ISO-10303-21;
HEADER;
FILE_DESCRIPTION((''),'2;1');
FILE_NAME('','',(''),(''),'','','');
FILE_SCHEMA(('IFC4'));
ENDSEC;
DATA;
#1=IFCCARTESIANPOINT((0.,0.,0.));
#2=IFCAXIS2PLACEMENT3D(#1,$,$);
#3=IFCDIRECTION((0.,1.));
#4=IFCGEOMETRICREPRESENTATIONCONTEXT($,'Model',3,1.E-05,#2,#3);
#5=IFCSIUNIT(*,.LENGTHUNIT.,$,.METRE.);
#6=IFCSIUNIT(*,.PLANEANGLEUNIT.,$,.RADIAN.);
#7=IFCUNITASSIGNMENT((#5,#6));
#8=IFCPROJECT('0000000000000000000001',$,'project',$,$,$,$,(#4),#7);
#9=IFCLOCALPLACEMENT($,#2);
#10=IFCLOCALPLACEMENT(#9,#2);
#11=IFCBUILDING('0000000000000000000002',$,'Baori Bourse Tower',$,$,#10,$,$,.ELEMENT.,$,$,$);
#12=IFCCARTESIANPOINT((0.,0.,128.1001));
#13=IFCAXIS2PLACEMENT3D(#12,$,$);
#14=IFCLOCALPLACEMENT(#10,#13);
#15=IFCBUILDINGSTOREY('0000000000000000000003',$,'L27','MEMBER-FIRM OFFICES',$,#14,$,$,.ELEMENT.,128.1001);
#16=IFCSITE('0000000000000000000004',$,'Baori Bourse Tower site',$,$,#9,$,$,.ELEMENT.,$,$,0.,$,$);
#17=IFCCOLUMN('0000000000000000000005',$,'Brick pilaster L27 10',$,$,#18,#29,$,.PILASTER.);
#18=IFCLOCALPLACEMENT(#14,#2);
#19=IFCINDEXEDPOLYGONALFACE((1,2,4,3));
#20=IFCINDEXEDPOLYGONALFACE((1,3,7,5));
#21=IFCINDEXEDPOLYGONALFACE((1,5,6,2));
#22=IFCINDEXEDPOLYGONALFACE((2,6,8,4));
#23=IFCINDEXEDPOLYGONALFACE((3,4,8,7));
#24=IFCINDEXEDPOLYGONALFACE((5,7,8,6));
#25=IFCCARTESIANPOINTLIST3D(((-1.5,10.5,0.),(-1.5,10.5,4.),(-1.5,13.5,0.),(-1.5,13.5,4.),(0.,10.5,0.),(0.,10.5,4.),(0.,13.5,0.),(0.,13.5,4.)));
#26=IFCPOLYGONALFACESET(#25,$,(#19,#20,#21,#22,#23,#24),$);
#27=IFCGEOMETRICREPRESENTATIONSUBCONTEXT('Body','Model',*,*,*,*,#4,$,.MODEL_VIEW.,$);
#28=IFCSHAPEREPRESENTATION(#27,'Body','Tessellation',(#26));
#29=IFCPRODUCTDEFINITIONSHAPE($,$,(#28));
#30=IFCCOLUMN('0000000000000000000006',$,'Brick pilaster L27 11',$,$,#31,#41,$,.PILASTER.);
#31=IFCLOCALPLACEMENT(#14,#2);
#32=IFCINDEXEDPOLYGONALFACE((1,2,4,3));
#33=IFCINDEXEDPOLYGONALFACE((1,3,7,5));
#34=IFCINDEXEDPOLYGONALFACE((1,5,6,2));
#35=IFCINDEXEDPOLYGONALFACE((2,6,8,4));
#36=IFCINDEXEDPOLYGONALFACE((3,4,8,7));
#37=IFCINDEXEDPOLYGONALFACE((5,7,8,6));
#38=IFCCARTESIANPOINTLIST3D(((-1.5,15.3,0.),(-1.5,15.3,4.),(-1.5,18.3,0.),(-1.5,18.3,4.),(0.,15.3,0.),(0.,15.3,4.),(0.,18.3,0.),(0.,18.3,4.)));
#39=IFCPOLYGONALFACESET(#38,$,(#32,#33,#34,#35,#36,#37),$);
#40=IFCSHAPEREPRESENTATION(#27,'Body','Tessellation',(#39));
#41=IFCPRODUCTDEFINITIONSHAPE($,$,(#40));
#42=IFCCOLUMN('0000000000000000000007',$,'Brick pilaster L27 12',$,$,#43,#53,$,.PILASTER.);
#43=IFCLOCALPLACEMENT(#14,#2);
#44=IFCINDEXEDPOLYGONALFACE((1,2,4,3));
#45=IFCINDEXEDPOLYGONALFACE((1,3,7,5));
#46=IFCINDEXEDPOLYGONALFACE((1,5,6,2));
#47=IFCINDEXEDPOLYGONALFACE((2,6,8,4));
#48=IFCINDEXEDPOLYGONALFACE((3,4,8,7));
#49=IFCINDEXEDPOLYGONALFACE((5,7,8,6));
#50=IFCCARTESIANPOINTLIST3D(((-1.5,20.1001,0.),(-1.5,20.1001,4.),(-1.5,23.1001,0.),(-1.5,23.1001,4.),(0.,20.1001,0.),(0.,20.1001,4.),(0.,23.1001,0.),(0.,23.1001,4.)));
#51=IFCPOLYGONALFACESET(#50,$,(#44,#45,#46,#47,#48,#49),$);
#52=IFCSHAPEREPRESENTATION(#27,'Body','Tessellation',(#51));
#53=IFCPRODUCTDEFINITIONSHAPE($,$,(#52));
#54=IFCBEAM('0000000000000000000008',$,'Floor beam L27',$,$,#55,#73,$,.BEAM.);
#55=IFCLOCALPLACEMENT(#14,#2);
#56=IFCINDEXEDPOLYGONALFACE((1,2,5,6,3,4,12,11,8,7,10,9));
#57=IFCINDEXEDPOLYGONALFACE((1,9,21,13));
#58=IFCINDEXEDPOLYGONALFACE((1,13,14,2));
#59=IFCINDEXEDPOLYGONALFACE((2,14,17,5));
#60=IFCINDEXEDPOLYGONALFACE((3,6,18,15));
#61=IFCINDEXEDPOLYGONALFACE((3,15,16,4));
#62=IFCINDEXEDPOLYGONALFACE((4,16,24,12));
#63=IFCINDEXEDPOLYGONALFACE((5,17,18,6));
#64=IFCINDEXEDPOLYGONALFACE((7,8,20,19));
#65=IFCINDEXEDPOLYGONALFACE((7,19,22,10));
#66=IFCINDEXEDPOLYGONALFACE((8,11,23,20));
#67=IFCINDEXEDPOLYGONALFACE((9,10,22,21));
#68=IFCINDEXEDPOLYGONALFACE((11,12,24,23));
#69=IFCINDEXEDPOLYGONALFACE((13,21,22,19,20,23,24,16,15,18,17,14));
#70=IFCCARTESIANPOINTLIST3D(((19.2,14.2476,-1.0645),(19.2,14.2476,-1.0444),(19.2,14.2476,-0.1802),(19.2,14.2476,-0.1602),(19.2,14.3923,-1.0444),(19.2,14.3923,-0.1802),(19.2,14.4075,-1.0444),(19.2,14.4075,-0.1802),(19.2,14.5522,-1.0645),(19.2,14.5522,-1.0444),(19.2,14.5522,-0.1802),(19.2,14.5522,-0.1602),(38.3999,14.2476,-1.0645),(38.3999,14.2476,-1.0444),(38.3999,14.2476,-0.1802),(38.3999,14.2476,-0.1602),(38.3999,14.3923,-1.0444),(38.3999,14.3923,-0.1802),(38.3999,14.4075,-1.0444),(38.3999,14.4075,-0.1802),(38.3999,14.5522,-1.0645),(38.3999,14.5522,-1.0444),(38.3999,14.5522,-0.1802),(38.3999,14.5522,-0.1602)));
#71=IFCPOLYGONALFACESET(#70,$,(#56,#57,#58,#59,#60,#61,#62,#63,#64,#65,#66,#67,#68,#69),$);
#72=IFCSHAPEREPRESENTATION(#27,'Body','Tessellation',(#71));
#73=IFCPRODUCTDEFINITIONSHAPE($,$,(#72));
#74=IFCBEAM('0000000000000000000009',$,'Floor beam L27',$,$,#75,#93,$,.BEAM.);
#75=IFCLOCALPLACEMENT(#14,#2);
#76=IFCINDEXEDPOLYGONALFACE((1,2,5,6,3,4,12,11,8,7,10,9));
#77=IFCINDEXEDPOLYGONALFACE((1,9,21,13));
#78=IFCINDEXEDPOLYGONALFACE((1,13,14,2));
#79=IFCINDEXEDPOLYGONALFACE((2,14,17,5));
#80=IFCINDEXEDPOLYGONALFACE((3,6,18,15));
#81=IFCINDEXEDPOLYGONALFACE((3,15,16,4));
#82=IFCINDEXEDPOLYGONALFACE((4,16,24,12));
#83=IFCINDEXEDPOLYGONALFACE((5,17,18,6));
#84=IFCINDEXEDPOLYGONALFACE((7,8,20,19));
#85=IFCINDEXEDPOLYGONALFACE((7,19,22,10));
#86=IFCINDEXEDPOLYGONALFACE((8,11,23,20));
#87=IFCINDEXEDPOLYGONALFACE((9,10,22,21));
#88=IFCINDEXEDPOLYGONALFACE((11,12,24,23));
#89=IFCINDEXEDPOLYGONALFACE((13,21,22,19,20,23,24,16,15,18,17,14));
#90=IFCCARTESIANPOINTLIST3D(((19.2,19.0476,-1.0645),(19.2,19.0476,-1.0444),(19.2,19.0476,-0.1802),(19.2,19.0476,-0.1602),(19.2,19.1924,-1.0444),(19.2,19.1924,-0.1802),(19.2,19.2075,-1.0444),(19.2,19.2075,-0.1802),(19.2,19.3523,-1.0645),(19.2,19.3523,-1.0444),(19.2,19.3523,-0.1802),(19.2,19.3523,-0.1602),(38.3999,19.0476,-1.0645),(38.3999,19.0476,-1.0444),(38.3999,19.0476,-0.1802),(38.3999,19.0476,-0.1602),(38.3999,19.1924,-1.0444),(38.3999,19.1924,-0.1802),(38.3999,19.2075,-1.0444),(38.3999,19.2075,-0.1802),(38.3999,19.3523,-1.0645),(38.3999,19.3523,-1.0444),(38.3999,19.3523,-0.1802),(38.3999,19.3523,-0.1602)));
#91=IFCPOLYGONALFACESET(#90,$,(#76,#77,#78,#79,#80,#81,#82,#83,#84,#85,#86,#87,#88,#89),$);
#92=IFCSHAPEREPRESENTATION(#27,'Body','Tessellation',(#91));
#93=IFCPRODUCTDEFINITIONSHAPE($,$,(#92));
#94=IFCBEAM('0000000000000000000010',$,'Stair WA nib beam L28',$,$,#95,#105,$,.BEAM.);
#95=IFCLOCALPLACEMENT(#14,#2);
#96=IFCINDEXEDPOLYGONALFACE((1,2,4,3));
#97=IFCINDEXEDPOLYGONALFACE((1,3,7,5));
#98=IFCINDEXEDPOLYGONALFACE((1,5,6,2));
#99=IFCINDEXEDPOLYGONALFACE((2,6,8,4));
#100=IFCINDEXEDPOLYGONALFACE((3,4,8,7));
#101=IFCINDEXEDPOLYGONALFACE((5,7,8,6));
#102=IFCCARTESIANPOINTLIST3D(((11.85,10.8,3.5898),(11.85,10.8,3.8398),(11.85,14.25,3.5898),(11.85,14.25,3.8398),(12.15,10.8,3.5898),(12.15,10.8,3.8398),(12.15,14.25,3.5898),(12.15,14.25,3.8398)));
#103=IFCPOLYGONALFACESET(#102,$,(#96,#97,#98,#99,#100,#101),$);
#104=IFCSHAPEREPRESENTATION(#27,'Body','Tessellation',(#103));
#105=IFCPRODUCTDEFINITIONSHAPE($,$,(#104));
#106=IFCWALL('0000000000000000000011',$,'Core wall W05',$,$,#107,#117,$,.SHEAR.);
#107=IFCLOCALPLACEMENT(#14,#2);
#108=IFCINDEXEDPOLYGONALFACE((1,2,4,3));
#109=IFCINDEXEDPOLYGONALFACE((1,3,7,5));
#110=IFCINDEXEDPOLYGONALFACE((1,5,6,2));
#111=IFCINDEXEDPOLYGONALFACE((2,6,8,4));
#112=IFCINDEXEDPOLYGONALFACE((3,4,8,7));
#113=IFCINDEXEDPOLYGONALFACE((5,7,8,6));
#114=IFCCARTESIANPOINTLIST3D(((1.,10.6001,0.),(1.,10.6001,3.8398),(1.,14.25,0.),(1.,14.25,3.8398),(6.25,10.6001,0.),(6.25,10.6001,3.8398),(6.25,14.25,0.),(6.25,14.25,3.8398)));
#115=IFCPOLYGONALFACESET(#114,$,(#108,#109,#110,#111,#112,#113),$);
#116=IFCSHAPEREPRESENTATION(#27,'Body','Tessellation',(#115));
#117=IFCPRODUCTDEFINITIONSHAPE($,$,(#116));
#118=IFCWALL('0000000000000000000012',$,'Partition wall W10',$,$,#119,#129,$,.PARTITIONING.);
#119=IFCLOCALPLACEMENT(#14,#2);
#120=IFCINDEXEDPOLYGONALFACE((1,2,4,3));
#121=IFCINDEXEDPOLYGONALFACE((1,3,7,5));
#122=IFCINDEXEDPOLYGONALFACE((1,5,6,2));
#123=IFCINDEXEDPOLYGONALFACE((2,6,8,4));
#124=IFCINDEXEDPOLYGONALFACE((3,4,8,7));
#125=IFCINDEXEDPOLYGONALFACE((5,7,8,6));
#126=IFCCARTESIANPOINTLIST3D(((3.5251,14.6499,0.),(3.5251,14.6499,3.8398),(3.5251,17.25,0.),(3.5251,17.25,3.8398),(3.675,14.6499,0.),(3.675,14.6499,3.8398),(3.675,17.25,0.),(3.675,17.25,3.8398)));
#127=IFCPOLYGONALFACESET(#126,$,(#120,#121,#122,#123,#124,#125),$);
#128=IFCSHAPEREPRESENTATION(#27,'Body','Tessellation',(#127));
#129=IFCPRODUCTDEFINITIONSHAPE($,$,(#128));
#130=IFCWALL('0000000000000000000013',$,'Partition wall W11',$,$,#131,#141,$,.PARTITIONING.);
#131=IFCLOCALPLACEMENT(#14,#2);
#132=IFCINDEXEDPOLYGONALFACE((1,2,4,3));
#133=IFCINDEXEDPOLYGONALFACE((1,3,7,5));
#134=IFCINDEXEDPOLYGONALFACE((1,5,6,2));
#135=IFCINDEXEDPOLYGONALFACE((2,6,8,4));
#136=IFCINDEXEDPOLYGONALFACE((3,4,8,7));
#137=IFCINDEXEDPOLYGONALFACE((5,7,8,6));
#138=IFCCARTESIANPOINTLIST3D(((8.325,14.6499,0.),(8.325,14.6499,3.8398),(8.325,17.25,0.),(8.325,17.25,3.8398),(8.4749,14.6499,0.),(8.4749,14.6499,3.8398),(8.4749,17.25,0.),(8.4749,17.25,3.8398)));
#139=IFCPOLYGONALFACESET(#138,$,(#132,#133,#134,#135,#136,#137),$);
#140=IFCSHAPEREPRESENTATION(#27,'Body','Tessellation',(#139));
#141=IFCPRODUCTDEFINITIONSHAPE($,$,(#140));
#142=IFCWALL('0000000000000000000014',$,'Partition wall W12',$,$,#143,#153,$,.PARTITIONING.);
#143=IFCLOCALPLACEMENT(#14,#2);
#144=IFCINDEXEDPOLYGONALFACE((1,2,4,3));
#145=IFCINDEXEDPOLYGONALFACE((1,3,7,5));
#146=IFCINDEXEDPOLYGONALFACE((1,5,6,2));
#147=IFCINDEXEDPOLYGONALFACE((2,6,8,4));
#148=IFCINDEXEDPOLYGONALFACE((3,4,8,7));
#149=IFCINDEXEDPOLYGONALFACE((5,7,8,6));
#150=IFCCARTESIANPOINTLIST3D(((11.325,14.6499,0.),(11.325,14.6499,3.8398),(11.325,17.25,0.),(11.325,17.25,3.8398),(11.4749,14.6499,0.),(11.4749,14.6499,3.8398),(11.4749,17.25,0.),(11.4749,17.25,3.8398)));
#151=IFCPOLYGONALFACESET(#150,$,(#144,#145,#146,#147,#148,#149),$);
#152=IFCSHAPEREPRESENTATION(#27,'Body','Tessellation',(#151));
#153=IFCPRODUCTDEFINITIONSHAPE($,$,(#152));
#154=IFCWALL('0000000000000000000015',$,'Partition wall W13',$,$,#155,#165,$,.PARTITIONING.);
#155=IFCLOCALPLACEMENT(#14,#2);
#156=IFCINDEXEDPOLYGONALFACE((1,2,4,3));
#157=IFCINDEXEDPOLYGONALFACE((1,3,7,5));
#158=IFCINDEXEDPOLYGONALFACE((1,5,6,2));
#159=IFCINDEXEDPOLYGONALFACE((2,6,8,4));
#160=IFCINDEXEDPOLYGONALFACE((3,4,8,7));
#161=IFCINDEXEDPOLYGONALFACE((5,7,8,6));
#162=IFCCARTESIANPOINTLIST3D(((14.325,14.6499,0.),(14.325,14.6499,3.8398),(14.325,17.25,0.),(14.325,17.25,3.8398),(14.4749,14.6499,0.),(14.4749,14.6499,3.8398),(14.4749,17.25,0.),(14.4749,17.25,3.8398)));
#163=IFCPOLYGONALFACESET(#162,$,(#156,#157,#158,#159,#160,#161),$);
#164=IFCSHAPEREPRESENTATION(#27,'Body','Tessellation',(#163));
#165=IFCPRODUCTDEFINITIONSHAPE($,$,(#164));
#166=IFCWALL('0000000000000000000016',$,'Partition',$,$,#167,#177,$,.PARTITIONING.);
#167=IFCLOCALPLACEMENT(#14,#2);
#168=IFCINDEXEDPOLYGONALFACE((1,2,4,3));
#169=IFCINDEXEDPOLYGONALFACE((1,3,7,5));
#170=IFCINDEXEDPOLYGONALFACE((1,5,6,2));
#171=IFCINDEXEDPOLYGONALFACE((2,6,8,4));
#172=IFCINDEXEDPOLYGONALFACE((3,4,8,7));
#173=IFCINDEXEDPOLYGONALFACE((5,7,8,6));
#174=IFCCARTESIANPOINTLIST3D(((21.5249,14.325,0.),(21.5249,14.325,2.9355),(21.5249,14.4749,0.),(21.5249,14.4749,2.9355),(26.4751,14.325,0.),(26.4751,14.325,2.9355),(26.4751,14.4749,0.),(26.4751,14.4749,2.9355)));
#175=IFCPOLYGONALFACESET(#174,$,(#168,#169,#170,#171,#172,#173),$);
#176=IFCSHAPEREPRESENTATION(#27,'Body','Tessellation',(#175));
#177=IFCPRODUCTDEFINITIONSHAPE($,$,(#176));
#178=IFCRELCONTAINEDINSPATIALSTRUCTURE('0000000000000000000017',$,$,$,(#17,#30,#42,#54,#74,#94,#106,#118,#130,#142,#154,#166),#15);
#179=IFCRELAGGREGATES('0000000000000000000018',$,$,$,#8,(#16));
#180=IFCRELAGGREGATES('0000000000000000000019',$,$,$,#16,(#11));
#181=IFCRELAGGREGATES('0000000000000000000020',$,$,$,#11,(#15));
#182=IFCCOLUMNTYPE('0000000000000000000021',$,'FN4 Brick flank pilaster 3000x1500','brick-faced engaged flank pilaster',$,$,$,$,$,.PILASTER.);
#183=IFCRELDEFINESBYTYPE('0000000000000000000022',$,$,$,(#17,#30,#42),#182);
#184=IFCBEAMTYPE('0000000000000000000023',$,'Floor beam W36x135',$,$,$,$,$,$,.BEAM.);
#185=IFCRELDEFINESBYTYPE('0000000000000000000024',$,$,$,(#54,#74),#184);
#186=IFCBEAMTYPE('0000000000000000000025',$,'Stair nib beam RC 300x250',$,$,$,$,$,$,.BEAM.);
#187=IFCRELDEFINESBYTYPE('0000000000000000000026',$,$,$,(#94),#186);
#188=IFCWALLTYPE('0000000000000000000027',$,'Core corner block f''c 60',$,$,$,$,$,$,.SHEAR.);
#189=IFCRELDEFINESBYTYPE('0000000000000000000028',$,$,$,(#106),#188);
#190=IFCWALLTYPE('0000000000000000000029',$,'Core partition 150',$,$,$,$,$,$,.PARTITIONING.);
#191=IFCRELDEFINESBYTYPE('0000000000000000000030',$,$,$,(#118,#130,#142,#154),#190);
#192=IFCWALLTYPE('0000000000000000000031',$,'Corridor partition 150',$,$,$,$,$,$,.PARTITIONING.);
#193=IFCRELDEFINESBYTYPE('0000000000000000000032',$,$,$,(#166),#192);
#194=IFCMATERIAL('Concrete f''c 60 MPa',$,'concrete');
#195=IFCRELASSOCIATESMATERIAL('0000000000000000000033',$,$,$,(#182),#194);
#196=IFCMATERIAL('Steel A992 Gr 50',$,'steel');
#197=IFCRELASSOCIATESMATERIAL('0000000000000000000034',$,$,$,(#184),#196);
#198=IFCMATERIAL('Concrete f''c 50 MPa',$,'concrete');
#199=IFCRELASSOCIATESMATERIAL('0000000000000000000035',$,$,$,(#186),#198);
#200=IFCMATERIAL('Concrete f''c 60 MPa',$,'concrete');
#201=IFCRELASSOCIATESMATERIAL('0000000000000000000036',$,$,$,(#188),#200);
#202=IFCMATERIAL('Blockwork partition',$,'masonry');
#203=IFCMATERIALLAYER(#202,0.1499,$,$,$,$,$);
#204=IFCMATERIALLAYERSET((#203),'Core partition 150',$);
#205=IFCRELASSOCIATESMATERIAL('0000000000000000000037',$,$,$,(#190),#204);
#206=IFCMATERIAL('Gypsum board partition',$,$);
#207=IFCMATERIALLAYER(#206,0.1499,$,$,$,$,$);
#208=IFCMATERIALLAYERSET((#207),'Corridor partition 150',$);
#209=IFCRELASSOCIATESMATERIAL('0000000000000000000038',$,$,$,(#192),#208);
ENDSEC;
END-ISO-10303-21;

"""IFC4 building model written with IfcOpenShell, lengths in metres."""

from ifc_helpers import new_model, si_unit, direction, frame, frame_2d, origin, origin_2d, place, context, subcontext, project, spatial, rectangle, i_section, extrude, material, layer, layer_set, material_profile, profile_set, type_object, element, save


model = new_model("IFC4")

# Units and contexts
model_context = context("Model", 3, precision=1e-05, world=origin(), true_north=direction((0.0, 1.0)))
body_context = subcontext(model_context, "Body", "Model", "MODEL_VIEW")
ifc_project = project(units=[si_unit("LENGTHUNIT", "METRE"), si_unit("PLANEANGLEUNIT", "RADIAN")], contexts=[model_context])

# Site, building, storey
site_placement = place(None, origin())
site = spatial("IfcSite", under=ifc_project, at=site_placement, Name="Baori Bourse Tower site", CompositionType="ELEMENT", RefElevation=0.0)
building_placement = place(site_placement, origin())
building = spatial("IfcBuilding", under=site, at=building_placement, Name="Baori Bourse Tower", CompositionType="ELEMENT")
storey_placement = place(building_placement, frame((0.0, 0.0, 128.1001)))
storey = spatial("IfcBuildingStorey", under=building, at=storey_placement, Name="L27", Description="MEMBER-FIRM OFFICES", CompositionType="ELEMENT", Elevation=128.1001)

# Columns
ifc_material_1 = material(Name="Concrete f'c 60 MPa", Category="concrete")
ifc_material_profile_1 = material_profile(ifc_material_1, rectangle(XDim=3.0, YDim=1.5, at=origin_2d()), Name="RC 3000x1500")
ifc_profile_set_1 = profile_set([ifc_material_profile_1], Name="Concrete f'c 60 MPa")
column_type = type_object("IfcColumnType", Name="FN4 Brick flank pilaster 3000x1500", Description="brick-faced engaged flank pilaster", PredefinedType="PILASTER", material=ifc_profile_set_1)
for number, where, z_axis, x_axis, name in (
    (1, (-0.75, 12.0, 0.0), (0.0, 0.0, 1.0), (0.0, 1.0, 0.0), "Brick pilaster L27 10"),
    (2, (-0.75, 16.8, 0.0), (0.0, 0.0, 1.0), (0.0, 1.0, 0.0), "Brick pilaster L27 11"),
    (3, (-0.75, 21.6001, 0.0), (0.0, 0.0, 1.0), (0.0, 1.0, 0.0), "Brick pilaster L27 12"),
):
    element("IfcColumn", number, at=place(storey_placement, frame(where, z_axis=z_axis, x_axis=x_axis)), inside=storey, type_object=column_type, Name=name, PredefinedType="PILASTER", context=body_context, shape_type="SweptSolid", body=[
        extrude(rectangle(XDim=3.0, YDim=1.5, at=origin_2d()), origin(), (0.0, 0.0, 1.0), 4.0),
    ])

# Beams
ifc_material_2 = material(Name="Steel A992 Gr 50", Category="steel")
ifc_material_profile_2 = material_profile(ifc_material_2, i_section(OverallWidth=0.3047, OverallDepth=0.9043, WebThickness=0.0151, FlangeThickness=0.02, at=origin_2d()), Name="W36x135")
ifc_profile_set_2 = profile_set([ifc_material_profile_2], Name="Steel A992 Gr 50")
beam_type_1 = type_object("IfcBeamType", Name="Floor beam W36x135", PredefinedType="BEAM", material=ifc_profile_set_2)
for number, where, z_axis, x_axis, name in (
    (4, (19.2, 14.3999, -0.6123), (1.0, 0.0, 0.0), (0.0, 1.0, 0.0), "Floor beam L27"),
    (5, (19.2, 19.2, -0.6123), (1.0, 0.0, 0.0), (0.0, 1.0, 0.0), "Floor beam L27"),
):
    element("IfcBeam", number, at=place(storey_placement, frame(where, z_axis=z_axis, x_axis=x_axis)), inside=storey, type_object=beam_type_1, Name=name, PredefinedType="BEAM", context=body_context, shape_type="SweptSolid", body=[
        extrude(i_section(OverallWidth=0.3047, OverallDepth=0.9043, WebThickness=0.0151, FlangeThickness=0.02, at=origin_2d()), origin(), (0.0, 0.0, 1.0), 19.2),
    ])
ifc_material_3 = material(Name="Concrete f'c 50 MPa", Category="concrete")
ifc_material_profile_3 = material_profile(ifc_material_3, rectangle(XDim=0.3, YDim=0.25, at=origin_2d()), Name="RC 300x250")
ifc_profile_set_3 = profile_set([ifc_material_profile_3], Name="Concrete f'c 50 MPa")
beam_type_2 = type_object("IfcBeamType", Name="Stair nib beam RC 300x250", PredefinedType="BEAM", material=ifc_profile_set_3)
beam_placement = place(storey_placement, frame((12.0, 10.8, 3.7148), z_axis=(0.0, 1.0, 0.0), x_axis=(-1.0, 0.0, 0.0)))
element("IfcBeam", 6, at=beam_placement, inside=storey, type_object=beam_type_2, Name="Stair WA nib beam L28", PredefinedType="BEAM", context=body_context, shape_type="SweptSolid", body=[
    extrude(rectangle(XDim=0.3, YDim=0.25, at=origin_2d()), origin(), (0.0, 0.0, 1.0), 3.45),
])

# Walls
ifc_material_4 = material(Name="Concrete f'c 60 MPa", Category="concrete")
wall_type_1 = type_object("IfcWallType", Name="Core corner block f'c 60", PredefinedType="SHEAR", material=ifc_material_4)
wall_1_placement = place(storey_placement, frame((1.0, 12.425, 0.0), z_axis=(0.0, 0.0, 1.0), x_axis=(1.0, 0.0, 0.0)))
element("IfcWall", 7, at=wall_1_placement, inside=storey, type_object=wall_type_1, Name="Core wall W05", PredefinedType="SHEAR", context=body_context, shape_type="SweptSolid", body=[
    extrude(rectangle(XDim=5.25, YDim=3.6499, at=frame_2d((2.625, 0.0))), origin(), (0.0, 0.0, 1.0), 3.8398),
])
ifc_material_5 = material(Name="Blockwork partition", Category="masonry")
ifc_layer_1 = layer(ifc_material_5, 0.1499)
ifc_layer_set_1 = layer_set([ifc_layer_1], Name="Core partition 150")
wall_type_2 = type_object("IfcWallType", Name="Core partition 150", PredefinedType="PARTITIONING", material=ifc_layer_set_1)
for number, where, z_axis, x_axis, name in (
    (8, (3.6001, 14.6499, 0.0), (0.0, 0.0, 1.0), (0.0, 1.0, 0.0), "Partition wall W10"),
    (9, (8.3999, 14.6499, 0.0), (0.0, 0.0, 1.0), (0.0, 1.0, 0.0), "Partition wall W11"),
    (10, (11.3999, 14.6499, 0.0), (0.0, 0.0, 1.0), (0.0, 1.0, 0.0), "Partition wall W12"),
    (11, (14.3999, 14.6499, 0.0), (0.0, 0.0, 1.0), (0.0, 1.0, 0.0), "Partition wall W13"),
):
    element("IfcWall", number, at=place(storey_placement, frame(where, z_axis=z_axis, x_axis=x_axis)), inside=storey, type_object=wall_type_2, Name=name, PredefinedType="PARTITIONING", context=body_context, shape_type="SweptSolid", body=[
        extrude(rectangle(XDim=2.6001, YDim=0.1499, at=frame_2d((1.3, 0.0))), origin(), (0.0, 0.0, 1.0), 3.8398),
    ])
ifc_material_6 = material(Name="Gypsum board partition")
ifc_layer_2 = layer(ifc_material_6, 0.1499)
ifc_layer_set_2 = layer_set([ifc_layer_2], Name="Corridor partition 150")
wall_type_3 = type_object("IfcWallType", Name="Corridor partition 150", PredefinedType="PARTITIONING", material=ifc_layer_set_2)
wall_2_placement = place(storey_placement, frame((21.5249, 14.3999, 0.0), z_axis=(0.0, 0.0, 1.0), x_axis=(1.0, 0.0, 0.0)))
element("IfcWall", 12, at=wall_2_placement, inside=storey, type_object=wall_type_3, Name="Partition", PredefinedType="PARTITIONING", context=body_context, shape_type="SweptSolid", body=[
    extrude(rectangle(XDim=4.9502, YDim=0.1499, at=frame_2d((2.4751, 0.0))), origin(), (0.0, 0.0, 1.0), 2.9355),
])

save(model, "model.ifc")
